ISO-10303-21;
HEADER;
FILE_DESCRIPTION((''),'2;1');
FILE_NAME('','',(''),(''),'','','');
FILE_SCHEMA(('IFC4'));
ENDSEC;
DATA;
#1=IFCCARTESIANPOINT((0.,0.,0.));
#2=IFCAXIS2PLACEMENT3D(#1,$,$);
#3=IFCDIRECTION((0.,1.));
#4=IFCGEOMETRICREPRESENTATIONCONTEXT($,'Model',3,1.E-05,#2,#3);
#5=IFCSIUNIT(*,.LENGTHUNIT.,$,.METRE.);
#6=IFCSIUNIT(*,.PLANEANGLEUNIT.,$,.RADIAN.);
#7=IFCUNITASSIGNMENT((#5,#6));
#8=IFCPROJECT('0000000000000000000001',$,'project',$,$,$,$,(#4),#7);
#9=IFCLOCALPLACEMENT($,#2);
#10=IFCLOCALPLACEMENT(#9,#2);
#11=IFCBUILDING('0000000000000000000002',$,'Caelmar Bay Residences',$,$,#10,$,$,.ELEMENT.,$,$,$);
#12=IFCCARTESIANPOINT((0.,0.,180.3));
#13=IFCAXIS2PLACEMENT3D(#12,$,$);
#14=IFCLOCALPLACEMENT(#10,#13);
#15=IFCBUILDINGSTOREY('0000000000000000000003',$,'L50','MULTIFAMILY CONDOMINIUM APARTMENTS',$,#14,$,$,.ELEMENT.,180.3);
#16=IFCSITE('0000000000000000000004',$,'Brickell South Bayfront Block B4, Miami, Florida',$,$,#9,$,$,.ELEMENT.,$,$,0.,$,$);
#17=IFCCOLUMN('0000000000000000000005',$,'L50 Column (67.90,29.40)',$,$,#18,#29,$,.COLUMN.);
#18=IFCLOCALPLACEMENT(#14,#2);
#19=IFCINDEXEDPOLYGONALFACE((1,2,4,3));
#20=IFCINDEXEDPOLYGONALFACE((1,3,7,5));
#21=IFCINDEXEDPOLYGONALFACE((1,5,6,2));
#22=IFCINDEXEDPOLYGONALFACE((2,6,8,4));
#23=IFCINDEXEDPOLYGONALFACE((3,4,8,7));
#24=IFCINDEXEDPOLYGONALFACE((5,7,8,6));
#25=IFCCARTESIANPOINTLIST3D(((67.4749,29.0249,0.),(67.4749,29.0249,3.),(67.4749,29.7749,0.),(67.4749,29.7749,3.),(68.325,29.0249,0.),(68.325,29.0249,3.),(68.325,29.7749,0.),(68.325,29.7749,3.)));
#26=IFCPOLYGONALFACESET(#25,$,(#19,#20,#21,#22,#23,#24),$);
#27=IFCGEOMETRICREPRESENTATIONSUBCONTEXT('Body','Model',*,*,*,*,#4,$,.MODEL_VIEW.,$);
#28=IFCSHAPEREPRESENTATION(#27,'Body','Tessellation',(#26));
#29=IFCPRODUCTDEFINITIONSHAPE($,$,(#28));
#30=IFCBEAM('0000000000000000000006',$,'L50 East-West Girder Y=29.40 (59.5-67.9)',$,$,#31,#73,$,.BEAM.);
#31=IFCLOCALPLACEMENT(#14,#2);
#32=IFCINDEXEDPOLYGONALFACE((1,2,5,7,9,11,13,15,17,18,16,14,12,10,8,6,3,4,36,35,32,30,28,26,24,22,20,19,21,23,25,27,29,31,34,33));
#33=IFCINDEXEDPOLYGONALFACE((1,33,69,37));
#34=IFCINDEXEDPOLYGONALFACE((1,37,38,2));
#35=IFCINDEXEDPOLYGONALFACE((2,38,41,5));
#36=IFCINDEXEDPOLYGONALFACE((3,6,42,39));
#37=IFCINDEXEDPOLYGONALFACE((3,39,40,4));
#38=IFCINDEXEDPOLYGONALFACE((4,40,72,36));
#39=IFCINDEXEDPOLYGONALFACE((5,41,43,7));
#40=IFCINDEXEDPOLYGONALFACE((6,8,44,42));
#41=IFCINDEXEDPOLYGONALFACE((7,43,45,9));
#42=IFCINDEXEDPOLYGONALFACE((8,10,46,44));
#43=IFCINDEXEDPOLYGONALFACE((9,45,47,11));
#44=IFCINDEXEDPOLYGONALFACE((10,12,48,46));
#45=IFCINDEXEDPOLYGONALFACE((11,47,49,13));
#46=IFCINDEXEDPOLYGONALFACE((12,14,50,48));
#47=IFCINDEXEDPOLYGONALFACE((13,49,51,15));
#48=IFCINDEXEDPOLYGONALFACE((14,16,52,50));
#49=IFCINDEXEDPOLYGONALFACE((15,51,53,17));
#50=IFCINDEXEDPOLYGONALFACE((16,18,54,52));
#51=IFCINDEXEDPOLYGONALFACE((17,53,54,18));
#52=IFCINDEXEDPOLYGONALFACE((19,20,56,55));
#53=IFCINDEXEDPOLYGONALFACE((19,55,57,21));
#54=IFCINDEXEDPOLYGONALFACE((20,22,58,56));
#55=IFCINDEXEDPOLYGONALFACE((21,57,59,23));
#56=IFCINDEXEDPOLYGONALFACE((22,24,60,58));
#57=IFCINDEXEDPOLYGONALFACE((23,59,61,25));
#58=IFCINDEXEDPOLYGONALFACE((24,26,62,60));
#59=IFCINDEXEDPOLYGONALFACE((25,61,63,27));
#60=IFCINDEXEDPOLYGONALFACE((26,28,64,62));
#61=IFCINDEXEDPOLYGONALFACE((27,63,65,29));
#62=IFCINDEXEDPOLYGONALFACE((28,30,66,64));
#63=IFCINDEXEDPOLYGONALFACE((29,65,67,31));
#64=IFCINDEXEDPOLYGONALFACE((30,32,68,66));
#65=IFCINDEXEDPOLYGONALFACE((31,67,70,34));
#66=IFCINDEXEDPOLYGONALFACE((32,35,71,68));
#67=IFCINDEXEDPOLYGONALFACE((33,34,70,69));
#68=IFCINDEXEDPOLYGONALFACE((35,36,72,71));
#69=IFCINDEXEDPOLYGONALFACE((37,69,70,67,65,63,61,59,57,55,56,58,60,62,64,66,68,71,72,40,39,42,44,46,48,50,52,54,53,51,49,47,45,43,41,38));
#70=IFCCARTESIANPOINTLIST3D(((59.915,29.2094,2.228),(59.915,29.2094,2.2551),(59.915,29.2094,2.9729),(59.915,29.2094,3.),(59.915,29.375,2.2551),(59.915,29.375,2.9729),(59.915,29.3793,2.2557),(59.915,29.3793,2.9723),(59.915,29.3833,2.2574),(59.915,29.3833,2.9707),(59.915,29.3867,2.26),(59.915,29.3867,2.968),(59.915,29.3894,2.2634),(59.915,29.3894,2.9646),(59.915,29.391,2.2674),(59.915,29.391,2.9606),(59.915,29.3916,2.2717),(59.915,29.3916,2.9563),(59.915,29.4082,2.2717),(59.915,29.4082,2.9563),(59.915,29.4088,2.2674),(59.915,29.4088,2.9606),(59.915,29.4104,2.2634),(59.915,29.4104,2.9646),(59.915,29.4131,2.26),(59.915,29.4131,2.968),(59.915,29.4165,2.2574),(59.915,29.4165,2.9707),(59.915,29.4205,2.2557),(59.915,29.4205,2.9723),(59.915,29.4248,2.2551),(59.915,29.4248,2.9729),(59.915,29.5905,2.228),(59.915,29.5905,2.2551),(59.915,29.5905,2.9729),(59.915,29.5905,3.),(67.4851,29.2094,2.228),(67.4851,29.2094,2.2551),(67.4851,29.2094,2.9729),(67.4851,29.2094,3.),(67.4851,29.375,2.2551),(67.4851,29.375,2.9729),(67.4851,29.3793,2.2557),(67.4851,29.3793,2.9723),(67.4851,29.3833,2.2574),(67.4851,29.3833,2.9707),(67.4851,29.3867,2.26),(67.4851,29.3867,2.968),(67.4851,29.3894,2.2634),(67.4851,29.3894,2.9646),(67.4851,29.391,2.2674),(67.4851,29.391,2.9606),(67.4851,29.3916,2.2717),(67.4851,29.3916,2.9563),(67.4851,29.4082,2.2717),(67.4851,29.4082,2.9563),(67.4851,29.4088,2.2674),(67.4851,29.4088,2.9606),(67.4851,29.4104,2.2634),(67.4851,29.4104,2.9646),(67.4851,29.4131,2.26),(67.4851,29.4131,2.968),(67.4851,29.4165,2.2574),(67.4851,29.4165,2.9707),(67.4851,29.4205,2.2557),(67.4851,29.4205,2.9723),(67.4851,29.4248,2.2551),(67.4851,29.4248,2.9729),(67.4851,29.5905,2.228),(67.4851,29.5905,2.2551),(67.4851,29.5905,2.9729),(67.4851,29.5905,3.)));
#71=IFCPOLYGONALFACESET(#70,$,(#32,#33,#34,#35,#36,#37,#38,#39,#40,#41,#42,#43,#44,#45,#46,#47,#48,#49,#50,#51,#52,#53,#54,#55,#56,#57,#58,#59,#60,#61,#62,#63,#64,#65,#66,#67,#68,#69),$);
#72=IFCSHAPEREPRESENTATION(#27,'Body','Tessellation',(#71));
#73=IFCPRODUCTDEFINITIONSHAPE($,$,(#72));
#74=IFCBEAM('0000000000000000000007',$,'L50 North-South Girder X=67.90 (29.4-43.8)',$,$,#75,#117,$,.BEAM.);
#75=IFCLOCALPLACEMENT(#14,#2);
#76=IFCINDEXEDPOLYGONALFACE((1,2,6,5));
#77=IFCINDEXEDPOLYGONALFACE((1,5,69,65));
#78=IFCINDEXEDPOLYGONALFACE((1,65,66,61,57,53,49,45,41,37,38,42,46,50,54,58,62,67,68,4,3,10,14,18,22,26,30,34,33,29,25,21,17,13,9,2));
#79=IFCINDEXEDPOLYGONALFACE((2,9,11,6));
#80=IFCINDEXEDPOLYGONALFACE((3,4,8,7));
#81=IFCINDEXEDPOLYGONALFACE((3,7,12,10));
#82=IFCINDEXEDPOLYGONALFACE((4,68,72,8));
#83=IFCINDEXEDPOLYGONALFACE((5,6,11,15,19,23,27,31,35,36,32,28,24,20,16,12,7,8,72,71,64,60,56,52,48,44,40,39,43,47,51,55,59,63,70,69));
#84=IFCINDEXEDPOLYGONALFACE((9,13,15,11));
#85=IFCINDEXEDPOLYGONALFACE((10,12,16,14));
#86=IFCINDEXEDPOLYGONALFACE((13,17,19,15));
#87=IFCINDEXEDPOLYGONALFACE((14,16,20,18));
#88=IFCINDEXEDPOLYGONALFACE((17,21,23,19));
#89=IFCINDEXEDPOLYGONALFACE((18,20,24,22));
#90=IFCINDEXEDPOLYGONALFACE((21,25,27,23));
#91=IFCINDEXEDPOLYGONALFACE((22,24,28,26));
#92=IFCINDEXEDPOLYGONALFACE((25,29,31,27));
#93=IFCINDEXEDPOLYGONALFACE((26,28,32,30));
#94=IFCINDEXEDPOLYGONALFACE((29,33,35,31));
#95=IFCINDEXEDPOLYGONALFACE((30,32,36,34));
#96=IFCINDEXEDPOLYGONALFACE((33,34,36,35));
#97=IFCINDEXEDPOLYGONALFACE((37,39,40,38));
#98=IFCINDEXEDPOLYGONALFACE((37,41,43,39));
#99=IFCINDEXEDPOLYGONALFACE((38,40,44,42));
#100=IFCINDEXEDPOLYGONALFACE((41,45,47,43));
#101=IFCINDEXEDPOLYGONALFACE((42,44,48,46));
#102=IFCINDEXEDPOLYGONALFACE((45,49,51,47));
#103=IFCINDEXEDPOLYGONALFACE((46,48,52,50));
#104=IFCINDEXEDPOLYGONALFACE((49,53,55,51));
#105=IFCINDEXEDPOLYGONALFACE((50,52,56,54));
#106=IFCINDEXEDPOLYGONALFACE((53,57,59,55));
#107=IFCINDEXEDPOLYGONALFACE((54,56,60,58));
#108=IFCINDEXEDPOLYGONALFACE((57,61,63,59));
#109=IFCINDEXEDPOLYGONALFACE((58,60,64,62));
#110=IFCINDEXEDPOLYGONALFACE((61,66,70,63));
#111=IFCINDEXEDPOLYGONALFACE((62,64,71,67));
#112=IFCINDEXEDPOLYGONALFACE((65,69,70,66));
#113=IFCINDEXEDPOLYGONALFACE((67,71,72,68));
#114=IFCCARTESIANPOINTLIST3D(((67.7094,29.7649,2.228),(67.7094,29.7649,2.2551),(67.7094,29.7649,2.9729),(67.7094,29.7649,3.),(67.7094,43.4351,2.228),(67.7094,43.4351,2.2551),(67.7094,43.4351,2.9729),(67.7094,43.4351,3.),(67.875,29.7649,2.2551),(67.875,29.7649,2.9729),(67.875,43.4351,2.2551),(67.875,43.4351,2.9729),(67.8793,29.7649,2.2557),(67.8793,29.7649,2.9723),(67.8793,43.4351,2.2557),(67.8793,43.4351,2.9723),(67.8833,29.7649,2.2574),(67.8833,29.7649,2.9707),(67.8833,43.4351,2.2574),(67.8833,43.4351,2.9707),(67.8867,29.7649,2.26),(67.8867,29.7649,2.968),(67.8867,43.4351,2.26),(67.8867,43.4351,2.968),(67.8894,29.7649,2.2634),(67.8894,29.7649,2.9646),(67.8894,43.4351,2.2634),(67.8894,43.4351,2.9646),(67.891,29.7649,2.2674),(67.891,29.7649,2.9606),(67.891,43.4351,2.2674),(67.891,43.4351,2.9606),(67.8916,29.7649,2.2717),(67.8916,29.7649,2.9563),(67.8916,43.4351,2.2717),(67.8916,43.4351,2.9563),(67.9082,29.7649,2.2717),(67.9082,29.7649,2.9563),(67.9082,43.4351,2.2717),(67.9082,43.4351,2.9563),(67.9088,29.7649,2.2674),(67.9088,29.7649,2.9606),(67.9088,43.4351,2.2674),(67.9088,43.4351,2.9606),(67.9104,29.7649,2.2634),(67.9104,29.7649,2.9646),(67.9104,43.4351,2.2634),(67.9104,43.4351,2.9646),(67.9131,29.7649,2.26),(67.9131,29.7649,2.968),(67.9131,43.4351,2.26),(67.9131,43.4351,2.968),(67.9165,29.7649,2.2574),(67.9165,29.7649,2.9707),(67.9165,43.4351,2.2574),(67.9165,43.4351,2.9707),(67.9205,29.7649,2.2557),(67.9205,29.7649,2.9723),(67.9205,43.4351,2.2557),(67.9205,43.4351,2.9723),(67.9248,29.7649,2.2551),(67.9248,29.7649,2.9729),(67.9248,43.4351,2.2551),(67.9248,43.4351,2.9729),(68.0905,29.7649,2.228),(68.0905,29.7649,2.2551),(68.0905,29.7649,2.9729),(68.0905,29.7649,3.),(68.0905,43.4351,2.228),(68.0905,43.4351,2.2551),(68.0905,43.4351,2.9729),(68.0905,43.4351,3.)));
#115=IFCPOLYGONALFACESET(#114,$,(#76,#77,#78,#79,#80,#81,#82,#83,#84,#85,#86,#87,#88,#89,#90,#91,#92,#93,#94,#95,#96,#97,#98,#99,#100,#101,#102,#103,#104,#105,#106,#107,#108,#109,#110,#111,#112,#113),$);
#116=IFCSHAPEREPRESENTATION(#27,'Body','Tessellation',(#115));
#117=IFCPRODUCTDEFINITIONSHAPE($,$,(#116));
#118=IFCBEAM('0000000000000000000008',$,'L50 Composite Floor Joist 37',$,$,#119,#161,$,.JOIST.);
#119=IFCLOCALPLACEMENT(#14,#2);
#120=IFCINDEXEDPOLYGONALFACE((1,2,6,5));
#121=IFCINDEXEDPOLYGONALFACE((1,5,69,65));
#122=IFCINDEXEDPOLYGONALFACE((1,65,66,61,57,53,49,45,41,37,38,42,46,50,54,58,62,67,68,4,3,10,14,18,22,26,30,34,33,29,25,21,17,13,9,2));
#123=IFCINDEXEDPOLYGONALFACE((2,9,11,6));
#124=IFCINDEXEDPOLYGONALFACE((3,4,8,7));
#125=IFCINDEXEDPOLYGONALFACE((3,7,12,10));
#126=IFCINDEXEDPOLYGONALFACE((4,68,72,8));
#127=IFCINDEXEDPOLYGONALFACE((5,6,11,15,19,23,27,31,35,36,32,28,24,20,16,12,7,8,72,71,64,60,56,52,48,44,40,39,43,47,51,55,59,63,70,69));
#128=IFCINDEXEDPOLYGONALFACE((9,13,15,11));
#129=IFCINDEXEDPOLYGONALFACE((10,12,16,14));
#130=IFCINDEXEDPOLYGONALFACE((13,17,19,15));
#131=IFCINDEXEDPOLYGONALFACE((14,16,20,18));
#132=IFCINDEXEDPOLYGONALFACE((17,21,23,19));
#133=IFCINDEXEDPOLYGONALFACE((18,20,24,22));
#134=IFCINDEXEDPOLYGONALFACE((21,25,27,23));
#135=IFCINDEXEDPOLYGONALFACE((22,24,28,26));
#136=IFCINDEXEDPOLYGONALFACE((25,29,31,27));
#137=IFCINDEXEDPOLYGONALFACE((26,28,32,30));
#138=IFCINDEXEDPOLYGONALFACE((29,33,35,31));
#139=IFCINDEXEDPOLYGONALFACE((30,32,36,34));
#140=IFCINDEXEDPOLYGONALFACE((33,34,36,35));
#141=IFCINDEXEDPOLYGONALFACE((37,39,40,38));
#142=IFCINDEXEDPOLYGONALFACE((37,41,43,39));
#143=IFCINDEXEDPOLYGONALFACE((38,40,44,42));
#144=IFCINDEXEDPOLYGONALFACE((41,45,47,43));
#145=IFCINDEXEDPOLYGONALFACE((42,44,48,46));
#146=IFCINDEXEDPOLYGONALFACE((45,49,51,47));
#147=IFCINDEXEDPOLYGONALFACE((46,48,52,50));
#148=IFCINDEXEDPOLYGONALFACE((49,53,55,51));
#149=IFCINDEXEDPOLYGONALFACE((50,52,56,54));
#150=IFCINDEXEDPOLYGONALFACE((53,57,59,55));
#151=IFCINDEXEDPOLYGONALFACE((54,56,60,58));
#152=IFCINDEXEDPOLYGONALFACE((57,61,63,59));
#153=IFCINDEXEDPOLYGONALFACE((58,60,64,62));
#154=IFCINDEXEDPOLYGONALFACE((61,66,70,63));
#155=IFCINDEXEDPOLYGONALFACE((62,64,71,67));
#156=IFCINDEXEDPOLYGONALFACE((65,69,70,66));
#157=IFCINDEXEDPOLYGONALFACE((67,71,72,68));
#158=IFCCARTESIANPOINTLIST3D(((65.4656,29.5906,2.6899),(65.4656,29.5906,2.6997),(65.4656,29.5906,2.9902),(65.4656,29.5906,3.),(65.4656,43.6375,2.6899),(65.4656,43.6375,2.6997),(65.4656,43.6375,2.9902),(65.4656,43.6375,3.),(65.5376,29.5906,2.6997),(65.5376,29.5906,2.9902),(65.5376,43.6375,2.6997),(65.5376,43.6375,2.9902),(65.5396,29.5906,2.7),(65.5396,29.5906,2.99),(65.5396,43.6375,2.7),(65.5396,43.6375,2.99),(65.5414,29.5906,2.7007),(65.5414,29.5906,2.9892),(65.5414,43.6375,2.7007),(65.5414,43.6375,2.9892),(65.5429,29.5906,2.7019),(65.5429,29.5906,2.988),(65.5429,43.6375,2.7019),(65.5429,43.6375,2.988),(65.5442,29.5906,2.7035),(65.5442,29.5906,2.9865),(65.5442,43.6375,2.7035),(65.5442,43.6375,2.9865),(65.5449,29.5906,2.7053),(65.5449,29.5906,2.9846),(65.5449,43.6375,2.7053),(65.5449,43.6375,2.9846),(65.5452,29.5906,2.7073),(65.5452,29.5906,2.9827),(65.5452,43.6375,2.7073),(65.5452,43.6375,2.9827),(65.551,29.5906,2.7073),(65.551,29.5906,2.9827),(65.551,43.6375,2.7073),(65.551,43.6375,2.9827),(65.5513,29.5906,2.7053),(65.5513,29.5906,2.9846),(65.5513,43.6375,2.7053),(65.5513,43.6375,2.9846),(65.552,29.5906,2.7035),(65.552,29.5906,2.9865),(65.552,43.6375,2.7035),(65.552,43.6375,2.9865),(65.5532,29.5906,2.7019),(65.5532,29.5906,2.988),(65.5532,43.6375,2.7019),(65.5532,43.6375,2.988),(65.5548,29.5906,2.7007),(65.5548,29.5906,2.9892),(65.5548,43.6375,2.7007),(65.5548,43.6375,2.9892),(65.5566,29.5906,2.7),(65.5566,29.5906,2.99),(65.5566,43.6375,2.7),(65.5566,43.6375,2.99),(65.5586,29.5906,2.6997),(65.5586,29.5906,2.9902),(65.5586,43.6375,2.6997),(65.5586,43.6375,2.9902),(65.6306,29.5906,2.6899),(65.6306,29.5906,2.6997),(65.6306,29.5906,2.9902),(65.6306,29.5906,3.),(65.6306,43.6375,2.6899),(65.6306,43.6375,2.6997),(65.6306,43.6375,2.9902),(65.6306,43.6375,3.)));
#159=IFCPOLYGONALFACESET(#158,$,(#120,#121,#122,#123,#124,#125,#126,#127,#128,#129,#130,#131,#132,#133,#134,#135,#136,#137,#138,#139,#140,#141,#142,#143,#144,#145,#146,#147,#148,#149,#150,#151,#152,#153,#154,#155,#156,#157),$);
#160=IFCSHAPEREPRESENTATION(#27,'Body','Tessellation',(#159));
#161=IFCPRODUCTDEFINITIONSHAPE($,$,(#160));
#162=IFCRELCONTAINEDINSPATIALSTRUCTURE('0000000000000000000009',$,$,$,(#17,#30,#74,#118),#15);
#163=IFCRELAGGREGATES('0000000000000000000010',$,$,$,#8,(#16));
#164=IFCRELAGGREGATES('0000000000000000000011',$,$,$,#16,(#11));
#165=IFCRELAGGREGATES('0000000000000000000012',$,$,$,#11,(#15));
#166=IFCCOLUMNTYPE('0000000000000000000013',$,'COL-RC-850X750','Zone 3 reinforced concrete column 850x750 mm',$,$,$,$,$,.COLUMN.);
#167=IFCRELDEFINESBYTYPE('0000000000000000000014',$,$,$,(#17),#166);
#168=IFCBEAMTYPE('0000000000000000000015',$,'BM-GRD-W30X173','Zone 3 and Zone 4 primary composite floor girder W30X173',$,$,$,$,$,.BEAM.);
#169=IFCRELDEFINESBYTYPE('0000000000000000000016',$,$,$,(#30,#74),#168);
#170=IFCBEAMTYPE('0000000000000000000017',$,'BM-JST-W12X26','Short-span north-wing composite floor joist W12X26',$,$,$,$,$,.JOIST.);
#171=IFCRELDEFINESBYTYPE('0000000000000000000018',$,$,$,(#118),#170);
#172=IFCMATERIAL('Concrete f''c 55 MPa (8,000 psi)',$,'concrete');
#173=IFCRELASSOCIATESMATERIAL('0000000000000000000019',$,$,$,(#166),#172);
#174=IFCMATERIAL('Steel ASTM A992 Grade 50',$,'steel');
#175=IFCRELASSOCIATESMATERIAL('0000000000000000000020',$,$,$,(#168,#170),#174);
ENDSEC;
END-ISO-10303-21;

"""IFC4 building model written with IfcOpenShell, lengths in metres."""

from ifc_helpers import new_model, si_unit, direction, frame, origin, origin_2d, place, context, subcontext, project, spatial, rectangle, i_section, extrude, material, material_profile, profile_set, type_object, element, save


model = new_model("IFC4")

# Units and contexts
model_context = context("Model", 3, precision=1e-05, world=origin(), true_north=direction((0.0, 1.0)))
body_context = subcontext(model_context, "Body", "Model", "MODEL_VIEW")
ifc_project = project(units=[si_unit("LENGTHUNIT", "METRE"), si_unit("PLANEANGLEUNIT", "RADIAN")], contexts=[model_context])

# Site, building, storey
site_placement = place(None, origin())
site = spatial("IfcSite", under=ifc_project, at=site_placement, Name="Brickell South Bayfront Block B4, Miami, Florida", CompositionType="ELEMENT", RefElevation=0.0)
building_placement = place(site_placement, origin())
building = spatial("IfcBuilding", under=site, at=building_placement, Name="Caelmar Bay Residences", CompositionType="ELEMENT")
storey_placement = place(building_placement, frame((0.0, 0.0, 180.3)))
storey = spatial("IfcBuildingStorey", under=building, at=storey_placement, Name="L50", Description="MULTIFAMILY CONDOMINIUM APARTMENTS", CompositionType="ELEMENT", Elevation=180.3)

# Column
ifc_material_1 = material(Name="Concrete f'c 55 MPa (8,000 psi)", Category="concrete")
ifc_material_profile_1 = material_profile(ifc_material_1, rectangle(XDim=0.8501, YDim=0.75, at=origin_2d()), Name="RC-COL-850X750")
ifc_profile_set_1 = profile_set([ifc_material_profile_1], Name="Concrete f'c 55 MPa (8,000 psi)")
column_type = type_object("IfcColumnType", Name="COL-RC-850X750", Description="Zone 3 reinforced concrete column 850x750 mm", PredefinedType="COLUMN", material=ifc_profile_set_1)
column_placement = place(storey_placement, frame((67.8999, 29.3999, 0.0), z_axis=(0.0, 0.0, 1.0), x_axis=(1.0, 0.0, 0.0)))
element("IfcColumn", 1, at=column_placement, inside=storey, type_object=column_type, Name="L50 Column (67.90,29.40)", PredefinedType="COLUMN", context=body_context, shape_type="SweptSolid", body=[
    extrude(rectangle(XDim=0.8501, YDim=0.75, at=origin_2d()), origin(), (0.0, 0.0, 1.0), 3.0),
])

# Beams
ifc_material_2 = material(Name="Steel ASTM A992 Grade 50", Category="steel")
ifc_material_profile_2 = material_profile(ifc_material_2, i_section(OverallWidth=0.3811, OverallDepth=0.772, WebThickness=0.0166, FlangeThickness=0.0271, FilletRadius=0.0166, at=origin_2d()), Name="W30X173")
ifc_profile_set_2 = profile_set([ifc_material_profile_2], Name="Steel ASTM A992 Grade 50")
beam_type_1 = type_object("IfcBeamType", Name="BM-GRD-W30X173", Description="Zone 3 and Zone 4 primary composite floor girder W30X173", PredefinedType="BEAM", material=ifc_profile_set_2)
beam_1_placement = place(storey_placement, frame((59.915, 29.3999, 2.614), z_axis=(1.0, 0.0, 0.0), x_axis=(0.0, 1.0, 0.0)))
element("IfcBeam", 2, at=beam_1_placement, inside=storey, type_object=beam_type_1, Name="L50 East-West Girder Y=29.40 (59.5-67.9)", PredefinedType="BEAM", context=body_context, shape_type="SweptSolid", body=[
    extrude(i_section(OverallWidth=0.3811, OverallDepth=0.772, WebThickness=0.0166, FlangeThickness=0.0271, FilletRadius=0.0166, at=origin_2d()), origin(), (0.0, 0.0, 1.0), 7.5701),
])
beam_2_placement = place(storey_placement, frame((67.8999, 29.7649, 2.614), z_axis=(0.0, 1.0, 0.0), x_axis=(-1.0, 0.0, 0.0)))
element("IfcBeam", 3, at=beam_2_placement, inside=storey, type_object=beam_type_1, Name="L50 North-South Girder X=67.90 (29.4-43.8)", PredefinedType="BEAM", context=body_context, shape_type="SweptSolid", body=[
    extrude(i_section(OverallWidth=0.3811, OverallDepth=0.772, WebThickness=0.0166, FlangeThickness=0.0271, FilletRadius=0.0166, at=origin_2d()), origin(), (0.0, 0.0, 1.0), 13.6702),
])
ifc_material_profile_3 = material_profile(ifc_material_2, i_section(OverallWidth=0.165, OverallDepth=0.3101, WebThickness=0.0059, FlangeThickness=0.0098, FilletRadius=0.0076, at=origin_2d()), Name="W12X26")
ifc_profile_set_3 = profile_set([ifc_material_profile_3], Name="Steel ASTM A992 Grade 50")
beam_type_2 = type_object("IfcBeamType", Name="BM-JST-W12X26", Description="Short-span north-wing composite floor joist W12X26", PredefinedType="JOIST", material=ifc_profile_set_3)
beam_3_placement = place(storey_placement, frame((65.5481, 29.5906, 2.845), z_axis=(0.0, 1.0, 0.0), x_axis=(-1.0, 0.0, 0.0)))
element("IfcBeam", 4, at=beam_3_placement, inside=storey, type_object=beam_type_2, Name="L50 Composite Floor Joist 37", PredefinedType="JOIST", context=body_context, shape_type="SweptSolid", body=[
    extrude(i_section(OverallWidth=0.165, OverallDepth=0.3101, WebThickness=0.0059, FlangeThickness=0.0098, FilletRadius=0.0076, at=origin_2d()), origin(), (0.0, 0.0, 1.0), 14.0469),
])

save(model, "model.ifc")
